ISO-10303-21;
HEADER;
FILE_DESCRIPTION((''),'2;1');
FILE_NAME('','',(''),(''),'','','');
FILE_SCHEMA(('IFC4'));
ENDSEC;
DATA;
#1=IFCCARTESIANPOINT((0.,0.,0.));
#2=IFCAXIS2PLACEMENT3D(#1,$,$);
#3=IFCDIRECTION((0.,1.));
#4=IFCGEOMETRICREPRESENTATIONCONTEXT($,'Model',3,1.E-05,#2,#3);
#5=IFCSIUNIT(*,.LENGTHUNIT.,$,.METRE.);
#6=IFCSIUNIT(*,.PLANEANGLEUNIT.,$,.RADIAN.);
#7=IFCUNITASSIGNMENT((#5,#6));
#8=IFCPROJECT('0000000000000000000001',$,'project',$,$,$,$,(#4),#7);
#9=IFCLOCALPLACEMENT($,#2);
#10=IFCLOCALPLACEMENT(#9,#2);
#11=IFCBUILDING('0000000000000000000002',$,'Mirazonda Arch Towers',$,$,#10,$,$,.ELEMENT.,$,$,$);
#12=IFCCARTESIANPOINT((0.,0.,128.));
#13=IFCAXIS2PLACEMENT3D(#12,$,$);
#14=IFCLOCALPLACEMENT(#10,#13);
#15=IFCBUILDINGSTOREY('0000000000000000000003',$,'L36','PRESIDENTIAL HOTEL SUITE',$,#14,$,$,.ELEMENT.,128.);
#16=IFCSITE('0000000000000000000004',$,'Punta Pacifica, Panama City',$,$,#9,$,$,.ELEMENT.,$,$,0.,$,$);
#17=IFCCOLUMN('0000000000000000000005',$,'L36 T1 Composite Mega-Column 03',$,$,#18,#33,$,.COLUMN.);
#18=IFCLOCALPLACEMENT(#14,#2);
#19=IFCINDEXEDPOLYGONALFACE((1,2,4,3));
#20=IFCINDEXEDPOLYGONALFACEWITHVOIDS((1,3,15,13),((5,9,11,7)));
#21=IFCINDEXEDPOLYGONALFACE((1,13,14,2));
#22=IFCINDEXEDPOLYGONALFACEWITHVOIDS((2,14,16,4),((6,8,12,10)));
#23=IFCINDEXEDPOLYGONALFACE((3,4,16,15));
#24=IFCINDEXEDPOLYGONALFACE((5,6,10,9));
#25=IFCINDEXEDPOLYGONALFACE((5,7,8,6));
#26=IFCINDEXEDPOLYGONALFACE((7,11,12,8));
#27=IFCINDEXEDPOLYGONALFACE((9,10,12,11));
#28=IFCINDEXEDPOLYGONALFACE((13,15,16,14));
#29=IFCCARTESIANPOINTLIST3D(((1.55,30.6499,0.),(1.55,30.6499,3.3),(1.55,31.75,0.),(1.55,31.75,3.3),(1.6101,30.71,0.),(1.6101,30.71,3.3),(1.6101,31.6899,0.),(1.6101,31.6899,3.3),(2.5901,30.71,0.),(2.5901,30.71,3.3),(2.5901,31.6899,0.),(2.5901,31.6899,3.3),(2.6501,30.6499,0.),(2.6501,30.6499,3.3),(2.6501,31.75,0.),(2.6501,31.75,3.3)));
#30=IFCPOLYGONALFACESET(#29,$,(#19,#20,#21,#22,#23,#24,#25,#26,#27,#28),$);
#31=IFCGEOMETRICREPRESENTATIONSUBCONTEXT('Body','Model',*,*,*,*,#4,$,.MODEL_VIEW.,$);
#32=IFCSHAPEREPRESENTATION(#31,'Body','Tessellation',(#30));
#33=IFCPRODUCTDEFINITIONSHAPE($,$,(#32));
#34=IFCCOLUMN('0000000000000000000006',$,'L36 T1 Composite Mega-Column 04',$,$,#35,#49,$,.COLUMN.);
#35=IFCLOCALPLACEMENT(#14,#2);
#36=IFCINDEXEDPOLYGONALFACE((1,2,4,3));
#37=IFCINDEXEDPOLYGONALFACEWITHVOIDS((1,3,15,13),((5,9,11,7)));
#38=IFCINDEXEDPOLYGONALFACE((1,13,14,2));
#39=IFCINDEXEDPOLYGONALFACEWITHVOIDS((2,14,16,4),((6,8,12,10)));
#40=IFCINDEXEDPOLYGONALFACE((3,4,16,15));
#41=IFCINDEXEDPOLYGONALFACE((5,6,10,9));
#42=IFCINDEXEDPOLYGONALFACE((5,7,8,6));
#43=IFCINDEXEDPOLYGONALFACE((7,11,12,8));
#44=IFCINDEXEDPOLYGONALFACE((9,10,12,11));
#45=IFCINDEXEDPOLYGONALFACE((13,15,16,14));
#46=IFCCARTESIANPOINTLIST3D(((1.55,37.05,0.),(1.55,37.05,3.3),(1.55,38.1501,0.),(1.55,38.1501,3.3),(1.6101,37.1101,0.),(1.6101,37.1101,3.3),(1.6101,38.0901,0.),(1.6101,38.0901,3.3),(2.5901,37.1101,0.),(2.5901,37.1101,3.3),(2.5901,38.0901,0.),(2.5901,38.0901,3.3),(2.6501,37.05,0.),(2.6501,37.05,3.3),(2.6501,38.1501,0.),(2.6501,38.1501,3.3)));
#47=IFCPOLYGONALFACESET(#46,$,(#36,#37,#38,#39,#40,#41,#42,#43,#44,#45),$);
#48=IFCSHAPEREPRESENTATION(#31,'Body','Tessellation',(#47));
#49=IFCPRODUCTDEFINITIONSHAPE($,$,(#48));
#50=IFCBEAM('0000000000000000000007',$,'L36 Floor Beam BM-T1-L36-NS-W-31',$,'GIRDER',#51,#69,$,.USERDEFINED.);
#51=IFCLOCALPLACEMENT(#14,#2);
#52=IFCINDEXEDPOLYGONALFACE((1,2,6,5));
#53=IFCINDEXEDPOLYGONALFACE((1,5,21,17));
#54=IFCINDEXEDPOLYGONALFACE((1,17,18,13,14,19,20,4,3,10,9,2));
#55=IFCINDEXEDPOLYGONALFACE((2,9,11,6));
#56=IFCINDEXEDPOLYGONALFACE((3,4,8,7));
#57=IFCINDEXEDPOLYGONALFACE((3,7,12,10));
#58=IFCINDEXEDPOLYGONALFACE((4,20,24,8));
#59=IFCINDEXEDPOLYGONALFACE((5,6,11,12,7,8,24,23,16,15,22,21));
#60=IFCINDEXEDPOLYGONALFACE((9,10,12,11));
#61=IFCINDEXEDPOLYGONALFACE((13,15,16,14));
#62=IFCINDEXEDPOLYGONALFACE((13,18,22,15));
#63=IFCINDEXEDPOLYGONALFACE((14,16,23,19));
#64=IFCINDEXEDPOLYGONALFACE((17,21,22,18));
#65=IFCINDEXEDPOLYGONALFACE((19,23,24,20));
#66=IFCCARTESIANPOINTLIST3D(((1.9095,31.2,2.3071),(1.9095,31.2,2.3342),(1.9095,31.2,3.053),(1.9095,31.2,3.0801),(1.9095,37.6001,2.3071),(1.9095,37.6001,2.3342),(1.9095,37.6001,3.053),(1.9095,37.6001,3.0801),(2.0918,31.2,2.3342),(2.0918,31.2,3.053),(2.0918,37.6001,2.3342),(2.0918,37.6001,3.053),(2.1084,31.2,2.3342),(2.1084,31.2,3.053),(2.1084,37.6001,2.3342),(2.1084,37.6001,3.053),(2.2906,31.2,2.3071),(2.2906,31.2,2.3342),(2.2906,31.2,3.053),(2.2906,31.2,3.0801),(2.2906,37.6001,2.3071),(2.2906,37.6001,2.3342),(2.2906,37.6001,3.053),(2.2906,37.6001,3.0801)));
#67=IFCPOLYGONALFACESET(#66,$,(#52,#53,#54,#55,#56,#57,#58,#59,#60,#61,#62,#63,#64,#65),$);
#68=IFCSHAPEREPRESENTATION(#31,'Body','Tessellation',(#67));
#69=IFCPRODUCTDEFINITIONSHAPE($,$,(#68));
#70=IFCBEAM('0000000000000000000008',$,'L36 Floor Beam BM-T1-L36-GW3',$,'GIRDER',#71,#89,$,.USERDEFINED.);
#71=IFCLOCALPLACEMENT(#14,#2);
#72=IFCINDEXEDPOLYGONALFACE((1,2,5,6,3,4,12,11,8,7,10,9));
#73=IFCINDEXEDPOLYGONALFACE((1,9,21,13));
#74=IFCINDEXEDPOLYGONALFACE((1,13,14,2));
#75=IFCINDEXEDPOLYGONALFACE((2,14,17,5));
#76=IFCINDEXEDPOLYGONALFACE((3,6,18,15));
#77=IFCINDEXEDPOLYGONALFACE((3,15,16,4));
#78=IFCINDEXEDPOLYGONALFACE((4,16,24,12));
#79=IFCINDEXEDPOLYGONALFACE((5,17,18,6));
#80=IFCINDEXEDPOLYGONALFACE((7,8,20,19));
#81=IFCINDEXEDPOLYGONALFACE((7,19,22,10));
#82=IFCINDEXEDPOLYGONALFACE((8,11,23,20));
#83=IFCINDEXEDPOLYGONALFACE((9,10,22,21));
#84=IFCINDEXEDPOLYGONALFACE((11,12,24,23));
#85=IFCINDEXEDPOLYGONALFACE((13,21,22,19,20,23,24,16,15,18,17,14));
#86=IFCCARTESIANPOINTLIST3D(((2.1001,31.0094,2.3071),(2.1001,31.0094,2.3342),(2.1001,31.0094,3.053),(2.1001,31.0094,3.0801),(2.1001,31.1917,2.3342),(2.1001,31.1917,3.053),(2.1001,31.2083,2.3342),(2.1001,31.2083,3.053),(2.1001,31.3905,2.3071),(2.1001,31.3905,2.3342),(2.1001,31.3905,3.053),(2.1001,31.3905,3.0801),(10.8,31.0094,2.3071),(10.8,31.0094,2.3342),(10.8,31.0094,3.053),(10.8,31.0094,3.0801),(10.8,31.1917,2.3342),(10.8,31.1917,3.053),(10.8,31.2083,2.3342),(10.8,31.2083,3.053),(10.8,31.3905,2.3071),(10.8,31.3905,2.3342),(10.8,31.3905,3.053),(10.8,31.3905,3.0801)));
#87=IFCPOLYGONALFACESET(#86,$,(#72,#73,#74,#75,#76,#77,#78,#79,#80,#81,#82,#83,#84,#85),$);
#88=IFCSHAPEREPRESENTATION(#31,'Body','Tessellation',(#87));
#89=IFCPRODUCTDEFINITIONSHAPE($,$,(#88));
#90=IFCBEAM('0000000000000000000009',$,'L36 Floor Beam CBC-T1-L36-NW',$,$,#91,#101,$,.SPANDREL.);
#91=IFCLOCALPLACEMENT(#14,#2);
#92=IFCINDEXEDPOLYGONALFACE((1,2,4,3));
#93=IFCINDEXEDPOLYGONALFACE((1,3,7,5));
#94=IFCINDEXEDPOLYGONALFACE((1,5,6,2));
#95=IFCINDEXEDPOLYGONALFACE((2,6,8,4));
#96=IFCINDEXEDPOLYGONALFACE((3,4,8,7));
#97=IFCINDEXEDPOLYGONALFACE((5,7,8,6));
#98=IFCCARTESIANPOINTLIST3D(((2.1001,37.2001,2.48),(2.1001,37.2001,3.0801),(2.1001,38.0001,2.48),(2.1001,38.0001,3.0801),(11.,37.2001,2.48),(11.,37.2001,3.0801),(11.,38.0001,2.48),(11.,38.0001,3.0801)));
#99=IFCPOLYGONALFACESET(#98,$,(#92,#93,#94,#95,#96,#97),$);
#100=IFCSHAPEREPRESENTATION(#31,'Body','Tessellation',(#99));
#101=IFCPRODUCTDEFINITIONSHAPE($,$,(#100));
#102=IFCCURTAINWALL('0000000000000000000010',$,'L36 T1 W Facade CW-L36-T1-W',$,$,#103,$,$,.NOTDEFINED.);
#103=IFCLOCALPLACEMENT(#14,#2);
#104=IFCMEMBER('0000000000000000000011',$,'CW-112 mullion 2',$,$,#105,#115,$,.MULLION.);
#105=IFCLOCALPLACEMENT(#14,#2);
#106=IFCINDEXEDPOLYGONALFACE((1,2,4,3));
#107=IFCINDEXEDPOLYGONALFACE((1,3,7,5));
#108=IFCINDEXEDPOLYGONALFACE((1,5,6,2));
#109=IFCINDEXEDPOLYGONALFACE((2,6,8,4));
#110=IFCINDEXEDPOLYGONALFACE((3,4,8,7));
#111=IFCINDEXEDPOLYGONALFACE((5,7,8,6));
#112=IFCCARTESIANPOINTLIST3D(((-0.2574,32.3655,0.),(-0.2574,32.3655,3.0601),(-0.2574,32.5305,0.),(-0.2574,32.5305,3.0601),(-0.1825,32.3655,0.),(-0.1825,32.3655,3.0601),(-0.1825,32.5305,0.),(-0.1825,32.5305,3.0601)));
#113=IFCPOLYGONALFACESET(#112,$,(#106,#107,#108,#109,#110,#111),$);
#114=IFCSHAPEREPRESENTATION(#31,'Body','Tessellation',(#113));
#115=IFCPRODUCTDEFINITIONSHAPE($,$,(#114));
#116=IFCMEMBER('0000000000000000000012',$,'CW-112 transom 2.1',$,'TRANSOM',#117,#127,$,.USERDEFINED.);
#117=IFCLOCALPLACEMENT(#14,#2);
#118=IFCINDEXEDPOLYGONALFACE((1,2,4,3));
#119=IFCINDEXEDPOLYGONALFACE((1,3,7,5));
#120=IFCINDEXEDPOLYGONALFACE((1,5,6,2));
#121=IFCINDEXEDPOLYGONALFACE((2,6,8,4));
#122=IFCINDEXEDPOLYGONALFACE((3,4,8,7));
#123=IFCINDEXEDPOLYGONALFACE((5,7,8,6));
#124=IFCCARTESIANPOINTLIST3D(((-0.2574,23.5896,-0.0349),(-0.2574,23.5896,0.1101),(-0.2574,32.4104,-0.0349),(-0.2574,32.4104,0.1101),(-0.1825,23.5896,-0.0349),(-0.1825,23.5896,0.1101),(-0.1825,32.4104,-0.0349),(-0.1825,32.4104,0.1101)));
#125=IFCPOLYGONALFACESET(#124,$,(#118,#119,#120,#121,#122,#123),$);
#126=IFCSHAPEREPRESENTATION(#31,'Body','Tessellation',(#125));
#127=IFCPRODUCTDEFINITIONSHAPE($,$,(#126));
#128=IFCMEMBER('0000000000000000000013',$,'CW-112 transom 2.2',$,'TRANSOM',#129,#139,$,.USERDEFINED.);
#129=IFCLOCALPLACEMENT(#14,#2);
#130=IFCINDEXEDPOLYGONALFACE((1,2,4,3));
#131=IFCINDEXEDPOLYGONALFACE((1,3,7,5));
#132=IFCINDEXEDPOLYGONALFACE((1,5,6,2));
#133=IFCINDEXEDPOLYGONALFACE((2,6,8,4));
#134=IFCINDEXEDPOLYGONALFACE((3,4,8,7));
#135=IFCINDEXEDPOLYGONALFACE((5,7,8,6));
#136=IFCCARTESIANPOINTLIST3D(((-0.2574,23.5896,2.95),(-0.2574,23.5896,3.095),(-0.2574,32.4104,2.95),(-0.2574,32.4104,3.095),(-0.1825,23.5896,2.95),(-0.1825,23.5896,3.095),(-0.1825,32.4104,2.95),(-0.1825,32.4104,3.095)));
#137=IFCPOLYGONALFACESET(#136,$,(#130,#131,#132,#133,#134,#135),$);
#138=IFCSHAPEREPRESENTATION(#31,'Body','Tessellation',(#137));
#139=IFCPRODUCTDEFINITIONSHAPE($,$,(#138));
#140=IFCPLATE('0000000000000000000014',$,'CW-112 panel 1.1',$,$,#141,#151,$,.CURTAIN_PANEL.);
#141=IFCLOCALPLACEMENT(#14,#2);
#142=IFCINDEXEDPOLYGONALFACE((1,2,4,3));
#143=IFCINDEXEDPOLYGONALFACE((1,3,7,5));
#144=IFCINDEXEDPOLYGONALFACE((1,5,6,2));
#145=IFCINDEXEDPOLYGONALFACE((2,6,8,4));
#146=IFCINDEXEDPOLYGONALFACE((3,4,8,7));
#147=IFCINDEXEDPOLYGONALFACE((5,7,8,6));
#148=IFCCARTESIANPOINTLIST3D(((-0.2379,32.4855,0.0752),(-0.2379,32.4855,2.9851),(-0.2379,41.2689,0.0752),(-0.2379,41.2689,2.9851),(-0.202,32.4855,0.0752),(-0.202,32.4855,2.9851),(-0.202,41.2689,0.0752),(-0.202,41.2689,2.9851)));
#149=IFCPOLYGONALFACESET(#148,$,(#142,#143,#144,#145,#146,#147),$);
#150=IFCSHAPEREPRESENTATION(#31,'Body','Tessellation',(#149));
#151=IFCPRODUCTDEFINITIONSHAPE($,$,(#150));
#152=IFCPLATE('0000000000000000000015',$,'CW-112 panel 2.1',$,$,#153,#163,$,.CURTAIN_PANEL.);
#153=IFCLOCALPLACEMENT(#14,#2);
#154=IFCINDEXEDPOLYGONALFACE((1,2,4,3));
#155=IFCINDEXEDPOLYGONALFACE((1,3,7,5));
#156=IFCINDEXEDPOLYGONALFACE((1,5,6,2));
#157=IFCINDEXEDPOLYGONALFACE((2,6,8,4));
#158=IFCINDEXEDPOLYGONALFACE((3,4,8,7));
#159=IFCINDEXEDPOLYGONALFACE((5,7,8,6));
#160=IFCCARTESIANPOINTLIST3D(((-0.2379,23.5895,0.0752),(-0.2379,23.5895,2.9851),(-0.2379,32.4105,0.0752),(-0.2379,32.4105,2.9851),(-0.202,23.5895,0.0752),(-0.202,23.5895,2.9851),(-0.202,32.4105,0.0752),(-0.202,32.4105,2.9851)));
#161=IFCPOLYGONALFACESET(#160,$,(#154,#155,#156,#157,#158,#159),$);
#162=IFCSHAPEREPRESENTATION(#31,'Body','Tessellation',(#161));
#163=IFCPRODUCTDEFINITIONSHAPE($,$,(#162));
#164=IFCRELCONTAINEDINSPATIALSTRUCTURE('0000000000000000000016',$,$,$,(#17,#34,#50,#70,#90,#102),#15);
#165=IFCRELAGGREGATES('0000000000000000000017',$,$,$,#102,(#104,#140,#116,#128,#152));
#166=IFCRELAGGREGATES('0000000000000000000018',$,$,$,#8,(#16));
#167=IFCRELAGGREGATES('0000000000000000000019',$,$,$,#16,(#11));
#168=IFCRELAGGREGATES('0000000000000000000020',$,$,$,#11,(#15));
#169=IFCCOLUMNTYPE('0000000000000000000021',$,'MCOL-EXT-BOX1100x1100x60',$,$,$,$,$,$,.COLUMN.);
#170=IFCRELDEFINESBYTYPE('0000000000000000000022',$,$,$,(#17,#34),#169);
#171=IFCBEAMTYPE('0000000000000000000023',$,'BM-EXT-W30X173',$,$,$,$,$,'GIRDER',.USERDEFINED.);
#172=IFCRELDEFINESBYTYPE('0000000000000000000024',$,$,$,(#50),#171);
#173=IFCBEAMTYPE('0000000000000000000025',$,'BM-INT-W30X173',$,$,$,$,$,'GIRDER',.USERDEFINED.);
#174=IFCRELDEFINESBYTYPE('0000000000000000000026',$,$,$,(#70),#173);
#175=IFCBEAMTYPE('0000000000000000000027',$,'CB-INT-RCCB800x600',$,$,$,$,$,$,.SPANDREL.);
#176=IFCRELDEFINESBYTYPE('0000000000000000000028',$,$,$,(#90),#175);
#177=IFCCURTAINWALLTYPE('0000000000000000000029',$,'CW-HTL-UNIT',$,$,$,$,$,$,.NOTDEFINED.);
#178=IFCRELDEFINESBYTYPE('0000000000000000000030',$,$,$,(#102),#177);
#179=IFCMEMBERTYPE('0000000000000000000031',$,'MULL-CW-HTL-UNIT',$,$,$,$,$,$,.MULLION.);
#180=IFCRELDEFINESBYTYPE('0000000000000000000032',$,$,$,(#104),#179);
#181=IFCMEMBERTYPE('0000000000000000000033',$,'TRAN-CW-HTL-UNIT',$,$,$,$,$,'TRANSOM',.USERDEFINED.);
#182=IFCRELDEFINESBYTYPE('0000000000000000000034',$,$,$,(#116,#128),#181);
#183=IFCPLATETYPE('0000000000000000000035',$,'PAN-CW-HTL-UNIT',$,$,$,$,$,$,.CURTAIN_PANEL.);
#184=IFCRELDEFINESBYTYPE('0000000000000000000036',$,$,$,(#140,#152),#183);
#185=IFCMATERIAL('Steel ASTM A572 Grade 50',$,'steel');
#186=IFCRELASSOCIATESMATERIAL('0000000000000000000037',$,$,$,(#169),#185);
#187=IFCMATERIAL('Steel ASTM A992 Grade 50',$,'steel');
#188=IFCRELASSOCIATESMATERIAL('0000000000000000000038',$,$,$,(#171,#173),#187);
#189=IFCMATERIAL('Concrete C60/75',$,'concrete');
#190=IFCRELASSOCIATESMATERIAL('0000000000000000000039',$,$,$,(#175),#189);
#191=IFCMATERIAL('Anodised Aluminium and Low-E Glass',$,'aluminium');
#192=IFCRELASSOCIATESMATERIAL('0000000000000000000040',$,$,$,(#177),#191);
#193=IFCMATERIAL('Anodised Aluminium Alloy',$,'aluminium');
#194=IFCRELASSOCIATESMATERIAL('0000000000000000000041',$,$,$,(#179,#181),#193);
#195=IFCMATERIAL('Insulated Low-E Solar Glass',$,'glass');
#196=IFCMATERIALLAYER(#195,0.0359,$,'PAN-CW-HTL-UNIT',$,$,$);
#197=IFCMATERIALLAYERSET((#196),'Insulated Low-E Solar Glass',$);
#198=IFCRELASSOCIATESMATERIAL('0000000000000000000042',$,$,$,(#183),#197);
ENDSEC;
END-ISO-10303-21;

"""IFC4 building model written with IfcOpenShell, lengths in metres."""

from ifc_helpers import new_model, si_unit, direction, frame, origin, origin_2d, place, context, subcontext, project, spatial, rectangle, hollow_rectangle, i_section, extrude, material, layer, layer_set, material_profile, profile_set, type_object, element, aggregate, save


model = new_model("IFC4")

# Units and contexts
model_context = context("Model", 3, precision=1e-05, world=origin(), true_north=direction((0.0, 1.0)))
body_context = subcontext(model_context, "Body", "Model", "MODEL_VIEW")
ifc_project = project(units=[si_unit("LENGTHUNIT", "METRE"), si_unit("PLANEANGLEUNIT", "RADIAN")], contexts=[model_context])

# Site, building, storey
site_placement = place(None, origin())
site = spatial("IfcSite", under=ifc_project, at=site_placement, Name="Punta Pacifica, Panama City", CompositionType="ELEMENT", RefElevation=0.0)
building_placement = place(site_placement, origin())
building = spatial("IfcBuilding", under=site, at=building_placement, Name="Mirazonda Arch Towers", CompositionType="ELEMENT")
storey_placement = place(building_placement, frame((0.0, 0.0, 128.0)))
storey = spatial("IfcBuildingStorey", under=building, at=storey_placement, Name="L36", Description="PRESIDENTIAL HOTEL SUITE", CompositionType="ELEMENT", Elevation=128.0)

# Columns
ifc_material_1 = material(Name="Steel ASTM A572 Grade 50", Category="steel")
ifc_material_profile_1 = material_profile(ifc_material_1, hollow_rectangle(XDim=1.1001, YDim=1.1001, WallThickness=0.0601, at=origin_2d()), Name="BOX1100x1100x60")
ifc_profile_set_1 = profile_set([ifc_material_profile_1], Name="Steel ASTM A572 Grade 50")
column_type = type_object("IfcColumnType", Name="MCOL-EXT-BOX1100x1100x60", PredefinedType="COLUMN", material=ifc_profile_set_1)
for number, where, z_axis, x_axis, name in (
    (1, (2.1001, 31.2, 0.0), (0.0, 0.0, 1.0), (1.0, 0.0, 0.0), "L36 T1 Composite Mega-Column 03"),
    (2, (2.1001, 37.6001, 0.0), (0.0, 0.0, 1.0), (1.0, 0.0, 0.0), "L36 T1 Composite Mega-Column 04"),
):
    element("IfcColumn", number, at=place(storey_placement, frame(where, z_axis=z_axis, x_axis=x_axis)), inside=storey, type_object=column_type, Name=name, PredefinedType="COLUMN", context=body_context, shape_type="SweptSolid", body=[
        extrude(hollow_rectangle(XDim=1.1001, YDim=1.1001, WallThickness=0.0601, at=origin_2d()), origin(), (0.0, 0.0, 1.0), 3.3),
    ])

# Beams
ifc_material_2 = material(Name="Steel ASTM A992 Grade 50", Category="steel")
ifc_material_profile_2 = material_profile(ifc_material_2, i_section(OverallWidth=0.3811, OverallDepth=0.7729, WebThickness=0.0166, FlangeThickness=0.0271, at=origin_2d()), Name="W30X173")
ifc_profile_set_2 = profile_set([ifc_material_profile_2], Name="Steel ASTM A992 Grade 50")
beam_type_1 = type_object("IfcBeamType", Name="BM-EXT-W30X173", ElementType="GIRDER", PredefinedType="USERDEFINED", material=ifc_profile_set_2)
beam_1_placement = place(storey_placement, frame((2.1001, 31.2, 2.6936), z_axis=(0.0, 1.0, 0.0), x_axis=(-1.0, 0.0, 0.0)))
element("IfcBeam", 3, at=beam_1_placement, inside=storey, type_object=beam_type_1, Name="L36 Floor Beam BM-T1-L36-NS-W-31", ObjectType="GIRDER", PredefinedType="USERDEFINED", context=body_context, shape_type="SweptSolid", body=[
    extrude(i_section(OverallWidth=0.3811, OverallDepth=0.7729, WebThickness=0.0166, FlangeThickness=0.0271, at=origin_2d()), origin(), (0.0, 0.0, 1.0), 6.4001),
])
ifc_material_profile_3 = material_profile(ifc_material_2, i_section(OverallWidth=0.3811, OverallDepth=0.7729, WebThickness=0.0166, FlangeThickness=0.0271, at=origin_2d()), Name="W30X173")
ifc_profile_set_3 = profile_set([ifc_material_profile_3], Name="Steel ASTM A992 Grade 50")
beam_type_2 = type_object("IfcBeamType", Name="BM-INT-W30X173", ElementType="GIRDER", PredefinedType="USERDEFINED", material=ifc_profile_set_3)
beam_2_placement = place(storey_placement, frame((2.1001, 31.2, 2.6936), z_axis=(1.0, 0.0, 0.0), x_axis=(0.0, 1.0, 0.0)))
element("IfcBeam", 4, at=beam_2_placement, inside=storey, type_object=beam_type_2, Name="L36 Floor Beam BM-T1-L36-GW3", ObjectType="GIRDER", PredefinedType="USERDEFINED", context=body_context, shape_type="SweptSolid", body=[
    extrude(i_section(OverallWidth=0.3811, OverallDepth=0.7729, WebThickness=0.0166, FlangeThickness=0.0271, at=origin_2d()), origin(), (0.0, 0.0, 1.0), 8.7),
])
ifc_material_3 = material(Name="Concrete C60/75", Category="concrete")
ifc_material_profile_4 = material_profile(ifc_material_3, rectangle(XDim=0.8, YDim=0.6001, at=origin_2d()), Name="RCCB800x600")
ifc_profile_set_4 = profile_set([ifc_material_profile_4], Name="Concrete C60/75")
beam_type_3 = type_object("IfcBeamType", Name="CB-INT-RCCB800x600", PredefinedType="SPANDREL", material=ifc_profile_set_4)
beam_3_placement = place(storey_placement, frame((2.1001, 37.6001, 2.78), z_axis=(1.0, 0.0, 0.0), x_axis=(0.0, 1.0, 0.0)))
element("IfcBeam", 5, at=beam_3_placement, inside=storey, type_object=beam_type_3, Name="L36 Floor Beam CBC-T1-L36-NW", PredefinedType="SPANDREL", context=body_context, shape_type="SweptSolid", body=[
    extrude(rectangle(XDim=0.8, YDim=0.6001, at=origin_2d()), origin(), (0.0, 0.0, 1.0), 8.8999),
])

# Curtain wall, members, plates
ifc_material_4 = material(Name="Anodised Aluminium and Low-E Glass", Category="aluminium")
curtain_wall_type = type_object("IfcCurtainWallType", Name="CW-HTL-UNIT", PredefinedType="NOTDEFINED", material=ifc_material_4)
curtain_wall_placement = place(storey_placement, origin())
curtain_wall = element("IfcCurtainWall", 6, at=curtain_wall_placement, inside=storey, type_object=curtain_wall_type, Name="L36 T1 W Facade CW-L36-T1-W", PredefinedType="NOTDEFINED")
ifc_material_5 = material(Name="Anodised Aluminium Alloy", Category="aluminium")
ifc_material_profile_5 = material_profile(ifc_material_5, rectangle(XDim=0.075, YDim=0.165, at=origin_2d()), Name="ALU-MULL-75x165")
ifc_profile_set_5 = profile_set([ifc_material_profile_5], Name="Anodised Aluminium Alloy")
member_type_1 = type_object("IfcMemberType", Name="MULL-CW-HTL-UNIT", PredefinedType="MULLION", material=ifc_profile_set_5)
member_1_placement = place(storey_placement, frame((-0.22, 32.448, 0.0), z_axis=(0.0, 0.0, 1.0), x_axis=(1.0, 0.0, 0.0)))
member_1 = element("IfcMember", 7, at=member_1_placement, type_object=member_type_1, Name="CW-112 mullion 2", PredefinedType="MULLION", context=body_context, shape_type="SweptSolid", body=[
    extrude(rectangle(XDim=0.075, YDim=0.165, at=origin_2d()), origin(), (0.0, 0.0, 1.0), 3.0601),
])
ifc_material_profile_6 = material_profile(ifc_material_5, rectangle(XDim=0.075, YDim=0.145, at=origin_2d()), Name="ALU-TRAN-75x145")
ifc_profile_set_6 = profile_set([ifc_material_profile_6], Name="Anodised Aluminium Alloy")
member_type_2 = type_object("IfcMemberType", Name="TRAN-CW-HTL-UNIT", ElementType="TRANSOM", PredefinedType="USERDEFINED", material=ifc_profile_set_6)
member_2_placement = place(storey_placement, frame((-0.22, 32.4104, 0.0376), z_axis=(0.0, -1.0, 0.0), x_axis=(1.0, 0.0, 0.0)))
member_2 = element("IfcMember", 8, at=member_2_placement, type_object=member_type_2, Name="CW-112 transom 2.1", ObjectType="TRANSOM", PredefinedType="USERDEFINED", context=body_context, shape_type="SweptSolid", body=[
    extrude(rectangle(XDim=0.075, YDim=0.145, at=origin_2d()), origin(), (0.0, 0.0, 1.0), 8.8208),
])
member_3_placement = place(storey_placement, frame((-0.22, 32.4104, 3.0225), z_axis=(0.0, -1.0, 0.0), x_axis=(1.0, 0.0, 0.0)))
member_3 = element("IfcMember", 9, at=member_3_placement, type_object=member_type_2, Name="CW-112 transom 2.2", ObjectType="TRANSOM", PredefinedType="USERDEFINED", context=body_context, shape_type="SweptSolid", body=[
    extrude(rectangle(XDim=0.075, YDim=0.145, at=origin_2d()), origin(), (0.0, 0.0, 1.0), 8.8208),
])
ifc_material_6 = material(Name="Insulated Low-E Solar Glass", Category="glass")
ifc_layer_1 = layer(ifc_material_6, 0.0359, Name="PAN-CW-HTL-UNIT")
ifc_layer_set_1 = layer_set([ifc_layer_1], Name="Insulated Low-E Solar Glass")
plate_type = type_object("IfcPlateType", Name="PAN-CW-HTL-UNIT", PredefinedType="CURTAIN_PANEL", material=ifc_layer_set_1)
plate_1_placement = place(storey_placement, frame((-0.22, 36.8772, 0.0752), z_axis=(0.0, 0.0, 1.0), x_axis=(0.0, -1.0, 0.0)))
plate_1 = element("IfcPlate", 10, at=plate_1_placement, type_object=plate_type, Name="CW-112 panel 1.1", PredefinedType="CURTAIN_PANEL", context=body_context, shape_type="SweptSolid", body=[
    extrude(rectangle(XDim=8.7834, YDim=0.0359, at=origin_2d()), origin(), (0.0, 0.0, 1.0), 2.9099),
])
plate_2_placement = place(storey_placement, frame((-0.22, 28.0, 0.0752), z_axis=(0.0, 0.0, 1.0), x_axis=(0.0, -1.0, 0.0)))
plate_2 = element("IfcPlate", 11, at=plate_2_placement, type_object=plate_type, Name="CW-112 panel 2.1", PredefinedType="CURTAIN_PANEL", context=body_context, shape_type="SweptSolid", body=[
    extrude(rectangle(XDim=8.821, YDim=0.0359, at=origin_2d()), origin(), (0.0, 0.0, 1.0), 2.9099),
])
aggregate(curtain_wall, [member_1, plate_1, member_2, member_3, plate_2])

save(model, "model.ifc")
